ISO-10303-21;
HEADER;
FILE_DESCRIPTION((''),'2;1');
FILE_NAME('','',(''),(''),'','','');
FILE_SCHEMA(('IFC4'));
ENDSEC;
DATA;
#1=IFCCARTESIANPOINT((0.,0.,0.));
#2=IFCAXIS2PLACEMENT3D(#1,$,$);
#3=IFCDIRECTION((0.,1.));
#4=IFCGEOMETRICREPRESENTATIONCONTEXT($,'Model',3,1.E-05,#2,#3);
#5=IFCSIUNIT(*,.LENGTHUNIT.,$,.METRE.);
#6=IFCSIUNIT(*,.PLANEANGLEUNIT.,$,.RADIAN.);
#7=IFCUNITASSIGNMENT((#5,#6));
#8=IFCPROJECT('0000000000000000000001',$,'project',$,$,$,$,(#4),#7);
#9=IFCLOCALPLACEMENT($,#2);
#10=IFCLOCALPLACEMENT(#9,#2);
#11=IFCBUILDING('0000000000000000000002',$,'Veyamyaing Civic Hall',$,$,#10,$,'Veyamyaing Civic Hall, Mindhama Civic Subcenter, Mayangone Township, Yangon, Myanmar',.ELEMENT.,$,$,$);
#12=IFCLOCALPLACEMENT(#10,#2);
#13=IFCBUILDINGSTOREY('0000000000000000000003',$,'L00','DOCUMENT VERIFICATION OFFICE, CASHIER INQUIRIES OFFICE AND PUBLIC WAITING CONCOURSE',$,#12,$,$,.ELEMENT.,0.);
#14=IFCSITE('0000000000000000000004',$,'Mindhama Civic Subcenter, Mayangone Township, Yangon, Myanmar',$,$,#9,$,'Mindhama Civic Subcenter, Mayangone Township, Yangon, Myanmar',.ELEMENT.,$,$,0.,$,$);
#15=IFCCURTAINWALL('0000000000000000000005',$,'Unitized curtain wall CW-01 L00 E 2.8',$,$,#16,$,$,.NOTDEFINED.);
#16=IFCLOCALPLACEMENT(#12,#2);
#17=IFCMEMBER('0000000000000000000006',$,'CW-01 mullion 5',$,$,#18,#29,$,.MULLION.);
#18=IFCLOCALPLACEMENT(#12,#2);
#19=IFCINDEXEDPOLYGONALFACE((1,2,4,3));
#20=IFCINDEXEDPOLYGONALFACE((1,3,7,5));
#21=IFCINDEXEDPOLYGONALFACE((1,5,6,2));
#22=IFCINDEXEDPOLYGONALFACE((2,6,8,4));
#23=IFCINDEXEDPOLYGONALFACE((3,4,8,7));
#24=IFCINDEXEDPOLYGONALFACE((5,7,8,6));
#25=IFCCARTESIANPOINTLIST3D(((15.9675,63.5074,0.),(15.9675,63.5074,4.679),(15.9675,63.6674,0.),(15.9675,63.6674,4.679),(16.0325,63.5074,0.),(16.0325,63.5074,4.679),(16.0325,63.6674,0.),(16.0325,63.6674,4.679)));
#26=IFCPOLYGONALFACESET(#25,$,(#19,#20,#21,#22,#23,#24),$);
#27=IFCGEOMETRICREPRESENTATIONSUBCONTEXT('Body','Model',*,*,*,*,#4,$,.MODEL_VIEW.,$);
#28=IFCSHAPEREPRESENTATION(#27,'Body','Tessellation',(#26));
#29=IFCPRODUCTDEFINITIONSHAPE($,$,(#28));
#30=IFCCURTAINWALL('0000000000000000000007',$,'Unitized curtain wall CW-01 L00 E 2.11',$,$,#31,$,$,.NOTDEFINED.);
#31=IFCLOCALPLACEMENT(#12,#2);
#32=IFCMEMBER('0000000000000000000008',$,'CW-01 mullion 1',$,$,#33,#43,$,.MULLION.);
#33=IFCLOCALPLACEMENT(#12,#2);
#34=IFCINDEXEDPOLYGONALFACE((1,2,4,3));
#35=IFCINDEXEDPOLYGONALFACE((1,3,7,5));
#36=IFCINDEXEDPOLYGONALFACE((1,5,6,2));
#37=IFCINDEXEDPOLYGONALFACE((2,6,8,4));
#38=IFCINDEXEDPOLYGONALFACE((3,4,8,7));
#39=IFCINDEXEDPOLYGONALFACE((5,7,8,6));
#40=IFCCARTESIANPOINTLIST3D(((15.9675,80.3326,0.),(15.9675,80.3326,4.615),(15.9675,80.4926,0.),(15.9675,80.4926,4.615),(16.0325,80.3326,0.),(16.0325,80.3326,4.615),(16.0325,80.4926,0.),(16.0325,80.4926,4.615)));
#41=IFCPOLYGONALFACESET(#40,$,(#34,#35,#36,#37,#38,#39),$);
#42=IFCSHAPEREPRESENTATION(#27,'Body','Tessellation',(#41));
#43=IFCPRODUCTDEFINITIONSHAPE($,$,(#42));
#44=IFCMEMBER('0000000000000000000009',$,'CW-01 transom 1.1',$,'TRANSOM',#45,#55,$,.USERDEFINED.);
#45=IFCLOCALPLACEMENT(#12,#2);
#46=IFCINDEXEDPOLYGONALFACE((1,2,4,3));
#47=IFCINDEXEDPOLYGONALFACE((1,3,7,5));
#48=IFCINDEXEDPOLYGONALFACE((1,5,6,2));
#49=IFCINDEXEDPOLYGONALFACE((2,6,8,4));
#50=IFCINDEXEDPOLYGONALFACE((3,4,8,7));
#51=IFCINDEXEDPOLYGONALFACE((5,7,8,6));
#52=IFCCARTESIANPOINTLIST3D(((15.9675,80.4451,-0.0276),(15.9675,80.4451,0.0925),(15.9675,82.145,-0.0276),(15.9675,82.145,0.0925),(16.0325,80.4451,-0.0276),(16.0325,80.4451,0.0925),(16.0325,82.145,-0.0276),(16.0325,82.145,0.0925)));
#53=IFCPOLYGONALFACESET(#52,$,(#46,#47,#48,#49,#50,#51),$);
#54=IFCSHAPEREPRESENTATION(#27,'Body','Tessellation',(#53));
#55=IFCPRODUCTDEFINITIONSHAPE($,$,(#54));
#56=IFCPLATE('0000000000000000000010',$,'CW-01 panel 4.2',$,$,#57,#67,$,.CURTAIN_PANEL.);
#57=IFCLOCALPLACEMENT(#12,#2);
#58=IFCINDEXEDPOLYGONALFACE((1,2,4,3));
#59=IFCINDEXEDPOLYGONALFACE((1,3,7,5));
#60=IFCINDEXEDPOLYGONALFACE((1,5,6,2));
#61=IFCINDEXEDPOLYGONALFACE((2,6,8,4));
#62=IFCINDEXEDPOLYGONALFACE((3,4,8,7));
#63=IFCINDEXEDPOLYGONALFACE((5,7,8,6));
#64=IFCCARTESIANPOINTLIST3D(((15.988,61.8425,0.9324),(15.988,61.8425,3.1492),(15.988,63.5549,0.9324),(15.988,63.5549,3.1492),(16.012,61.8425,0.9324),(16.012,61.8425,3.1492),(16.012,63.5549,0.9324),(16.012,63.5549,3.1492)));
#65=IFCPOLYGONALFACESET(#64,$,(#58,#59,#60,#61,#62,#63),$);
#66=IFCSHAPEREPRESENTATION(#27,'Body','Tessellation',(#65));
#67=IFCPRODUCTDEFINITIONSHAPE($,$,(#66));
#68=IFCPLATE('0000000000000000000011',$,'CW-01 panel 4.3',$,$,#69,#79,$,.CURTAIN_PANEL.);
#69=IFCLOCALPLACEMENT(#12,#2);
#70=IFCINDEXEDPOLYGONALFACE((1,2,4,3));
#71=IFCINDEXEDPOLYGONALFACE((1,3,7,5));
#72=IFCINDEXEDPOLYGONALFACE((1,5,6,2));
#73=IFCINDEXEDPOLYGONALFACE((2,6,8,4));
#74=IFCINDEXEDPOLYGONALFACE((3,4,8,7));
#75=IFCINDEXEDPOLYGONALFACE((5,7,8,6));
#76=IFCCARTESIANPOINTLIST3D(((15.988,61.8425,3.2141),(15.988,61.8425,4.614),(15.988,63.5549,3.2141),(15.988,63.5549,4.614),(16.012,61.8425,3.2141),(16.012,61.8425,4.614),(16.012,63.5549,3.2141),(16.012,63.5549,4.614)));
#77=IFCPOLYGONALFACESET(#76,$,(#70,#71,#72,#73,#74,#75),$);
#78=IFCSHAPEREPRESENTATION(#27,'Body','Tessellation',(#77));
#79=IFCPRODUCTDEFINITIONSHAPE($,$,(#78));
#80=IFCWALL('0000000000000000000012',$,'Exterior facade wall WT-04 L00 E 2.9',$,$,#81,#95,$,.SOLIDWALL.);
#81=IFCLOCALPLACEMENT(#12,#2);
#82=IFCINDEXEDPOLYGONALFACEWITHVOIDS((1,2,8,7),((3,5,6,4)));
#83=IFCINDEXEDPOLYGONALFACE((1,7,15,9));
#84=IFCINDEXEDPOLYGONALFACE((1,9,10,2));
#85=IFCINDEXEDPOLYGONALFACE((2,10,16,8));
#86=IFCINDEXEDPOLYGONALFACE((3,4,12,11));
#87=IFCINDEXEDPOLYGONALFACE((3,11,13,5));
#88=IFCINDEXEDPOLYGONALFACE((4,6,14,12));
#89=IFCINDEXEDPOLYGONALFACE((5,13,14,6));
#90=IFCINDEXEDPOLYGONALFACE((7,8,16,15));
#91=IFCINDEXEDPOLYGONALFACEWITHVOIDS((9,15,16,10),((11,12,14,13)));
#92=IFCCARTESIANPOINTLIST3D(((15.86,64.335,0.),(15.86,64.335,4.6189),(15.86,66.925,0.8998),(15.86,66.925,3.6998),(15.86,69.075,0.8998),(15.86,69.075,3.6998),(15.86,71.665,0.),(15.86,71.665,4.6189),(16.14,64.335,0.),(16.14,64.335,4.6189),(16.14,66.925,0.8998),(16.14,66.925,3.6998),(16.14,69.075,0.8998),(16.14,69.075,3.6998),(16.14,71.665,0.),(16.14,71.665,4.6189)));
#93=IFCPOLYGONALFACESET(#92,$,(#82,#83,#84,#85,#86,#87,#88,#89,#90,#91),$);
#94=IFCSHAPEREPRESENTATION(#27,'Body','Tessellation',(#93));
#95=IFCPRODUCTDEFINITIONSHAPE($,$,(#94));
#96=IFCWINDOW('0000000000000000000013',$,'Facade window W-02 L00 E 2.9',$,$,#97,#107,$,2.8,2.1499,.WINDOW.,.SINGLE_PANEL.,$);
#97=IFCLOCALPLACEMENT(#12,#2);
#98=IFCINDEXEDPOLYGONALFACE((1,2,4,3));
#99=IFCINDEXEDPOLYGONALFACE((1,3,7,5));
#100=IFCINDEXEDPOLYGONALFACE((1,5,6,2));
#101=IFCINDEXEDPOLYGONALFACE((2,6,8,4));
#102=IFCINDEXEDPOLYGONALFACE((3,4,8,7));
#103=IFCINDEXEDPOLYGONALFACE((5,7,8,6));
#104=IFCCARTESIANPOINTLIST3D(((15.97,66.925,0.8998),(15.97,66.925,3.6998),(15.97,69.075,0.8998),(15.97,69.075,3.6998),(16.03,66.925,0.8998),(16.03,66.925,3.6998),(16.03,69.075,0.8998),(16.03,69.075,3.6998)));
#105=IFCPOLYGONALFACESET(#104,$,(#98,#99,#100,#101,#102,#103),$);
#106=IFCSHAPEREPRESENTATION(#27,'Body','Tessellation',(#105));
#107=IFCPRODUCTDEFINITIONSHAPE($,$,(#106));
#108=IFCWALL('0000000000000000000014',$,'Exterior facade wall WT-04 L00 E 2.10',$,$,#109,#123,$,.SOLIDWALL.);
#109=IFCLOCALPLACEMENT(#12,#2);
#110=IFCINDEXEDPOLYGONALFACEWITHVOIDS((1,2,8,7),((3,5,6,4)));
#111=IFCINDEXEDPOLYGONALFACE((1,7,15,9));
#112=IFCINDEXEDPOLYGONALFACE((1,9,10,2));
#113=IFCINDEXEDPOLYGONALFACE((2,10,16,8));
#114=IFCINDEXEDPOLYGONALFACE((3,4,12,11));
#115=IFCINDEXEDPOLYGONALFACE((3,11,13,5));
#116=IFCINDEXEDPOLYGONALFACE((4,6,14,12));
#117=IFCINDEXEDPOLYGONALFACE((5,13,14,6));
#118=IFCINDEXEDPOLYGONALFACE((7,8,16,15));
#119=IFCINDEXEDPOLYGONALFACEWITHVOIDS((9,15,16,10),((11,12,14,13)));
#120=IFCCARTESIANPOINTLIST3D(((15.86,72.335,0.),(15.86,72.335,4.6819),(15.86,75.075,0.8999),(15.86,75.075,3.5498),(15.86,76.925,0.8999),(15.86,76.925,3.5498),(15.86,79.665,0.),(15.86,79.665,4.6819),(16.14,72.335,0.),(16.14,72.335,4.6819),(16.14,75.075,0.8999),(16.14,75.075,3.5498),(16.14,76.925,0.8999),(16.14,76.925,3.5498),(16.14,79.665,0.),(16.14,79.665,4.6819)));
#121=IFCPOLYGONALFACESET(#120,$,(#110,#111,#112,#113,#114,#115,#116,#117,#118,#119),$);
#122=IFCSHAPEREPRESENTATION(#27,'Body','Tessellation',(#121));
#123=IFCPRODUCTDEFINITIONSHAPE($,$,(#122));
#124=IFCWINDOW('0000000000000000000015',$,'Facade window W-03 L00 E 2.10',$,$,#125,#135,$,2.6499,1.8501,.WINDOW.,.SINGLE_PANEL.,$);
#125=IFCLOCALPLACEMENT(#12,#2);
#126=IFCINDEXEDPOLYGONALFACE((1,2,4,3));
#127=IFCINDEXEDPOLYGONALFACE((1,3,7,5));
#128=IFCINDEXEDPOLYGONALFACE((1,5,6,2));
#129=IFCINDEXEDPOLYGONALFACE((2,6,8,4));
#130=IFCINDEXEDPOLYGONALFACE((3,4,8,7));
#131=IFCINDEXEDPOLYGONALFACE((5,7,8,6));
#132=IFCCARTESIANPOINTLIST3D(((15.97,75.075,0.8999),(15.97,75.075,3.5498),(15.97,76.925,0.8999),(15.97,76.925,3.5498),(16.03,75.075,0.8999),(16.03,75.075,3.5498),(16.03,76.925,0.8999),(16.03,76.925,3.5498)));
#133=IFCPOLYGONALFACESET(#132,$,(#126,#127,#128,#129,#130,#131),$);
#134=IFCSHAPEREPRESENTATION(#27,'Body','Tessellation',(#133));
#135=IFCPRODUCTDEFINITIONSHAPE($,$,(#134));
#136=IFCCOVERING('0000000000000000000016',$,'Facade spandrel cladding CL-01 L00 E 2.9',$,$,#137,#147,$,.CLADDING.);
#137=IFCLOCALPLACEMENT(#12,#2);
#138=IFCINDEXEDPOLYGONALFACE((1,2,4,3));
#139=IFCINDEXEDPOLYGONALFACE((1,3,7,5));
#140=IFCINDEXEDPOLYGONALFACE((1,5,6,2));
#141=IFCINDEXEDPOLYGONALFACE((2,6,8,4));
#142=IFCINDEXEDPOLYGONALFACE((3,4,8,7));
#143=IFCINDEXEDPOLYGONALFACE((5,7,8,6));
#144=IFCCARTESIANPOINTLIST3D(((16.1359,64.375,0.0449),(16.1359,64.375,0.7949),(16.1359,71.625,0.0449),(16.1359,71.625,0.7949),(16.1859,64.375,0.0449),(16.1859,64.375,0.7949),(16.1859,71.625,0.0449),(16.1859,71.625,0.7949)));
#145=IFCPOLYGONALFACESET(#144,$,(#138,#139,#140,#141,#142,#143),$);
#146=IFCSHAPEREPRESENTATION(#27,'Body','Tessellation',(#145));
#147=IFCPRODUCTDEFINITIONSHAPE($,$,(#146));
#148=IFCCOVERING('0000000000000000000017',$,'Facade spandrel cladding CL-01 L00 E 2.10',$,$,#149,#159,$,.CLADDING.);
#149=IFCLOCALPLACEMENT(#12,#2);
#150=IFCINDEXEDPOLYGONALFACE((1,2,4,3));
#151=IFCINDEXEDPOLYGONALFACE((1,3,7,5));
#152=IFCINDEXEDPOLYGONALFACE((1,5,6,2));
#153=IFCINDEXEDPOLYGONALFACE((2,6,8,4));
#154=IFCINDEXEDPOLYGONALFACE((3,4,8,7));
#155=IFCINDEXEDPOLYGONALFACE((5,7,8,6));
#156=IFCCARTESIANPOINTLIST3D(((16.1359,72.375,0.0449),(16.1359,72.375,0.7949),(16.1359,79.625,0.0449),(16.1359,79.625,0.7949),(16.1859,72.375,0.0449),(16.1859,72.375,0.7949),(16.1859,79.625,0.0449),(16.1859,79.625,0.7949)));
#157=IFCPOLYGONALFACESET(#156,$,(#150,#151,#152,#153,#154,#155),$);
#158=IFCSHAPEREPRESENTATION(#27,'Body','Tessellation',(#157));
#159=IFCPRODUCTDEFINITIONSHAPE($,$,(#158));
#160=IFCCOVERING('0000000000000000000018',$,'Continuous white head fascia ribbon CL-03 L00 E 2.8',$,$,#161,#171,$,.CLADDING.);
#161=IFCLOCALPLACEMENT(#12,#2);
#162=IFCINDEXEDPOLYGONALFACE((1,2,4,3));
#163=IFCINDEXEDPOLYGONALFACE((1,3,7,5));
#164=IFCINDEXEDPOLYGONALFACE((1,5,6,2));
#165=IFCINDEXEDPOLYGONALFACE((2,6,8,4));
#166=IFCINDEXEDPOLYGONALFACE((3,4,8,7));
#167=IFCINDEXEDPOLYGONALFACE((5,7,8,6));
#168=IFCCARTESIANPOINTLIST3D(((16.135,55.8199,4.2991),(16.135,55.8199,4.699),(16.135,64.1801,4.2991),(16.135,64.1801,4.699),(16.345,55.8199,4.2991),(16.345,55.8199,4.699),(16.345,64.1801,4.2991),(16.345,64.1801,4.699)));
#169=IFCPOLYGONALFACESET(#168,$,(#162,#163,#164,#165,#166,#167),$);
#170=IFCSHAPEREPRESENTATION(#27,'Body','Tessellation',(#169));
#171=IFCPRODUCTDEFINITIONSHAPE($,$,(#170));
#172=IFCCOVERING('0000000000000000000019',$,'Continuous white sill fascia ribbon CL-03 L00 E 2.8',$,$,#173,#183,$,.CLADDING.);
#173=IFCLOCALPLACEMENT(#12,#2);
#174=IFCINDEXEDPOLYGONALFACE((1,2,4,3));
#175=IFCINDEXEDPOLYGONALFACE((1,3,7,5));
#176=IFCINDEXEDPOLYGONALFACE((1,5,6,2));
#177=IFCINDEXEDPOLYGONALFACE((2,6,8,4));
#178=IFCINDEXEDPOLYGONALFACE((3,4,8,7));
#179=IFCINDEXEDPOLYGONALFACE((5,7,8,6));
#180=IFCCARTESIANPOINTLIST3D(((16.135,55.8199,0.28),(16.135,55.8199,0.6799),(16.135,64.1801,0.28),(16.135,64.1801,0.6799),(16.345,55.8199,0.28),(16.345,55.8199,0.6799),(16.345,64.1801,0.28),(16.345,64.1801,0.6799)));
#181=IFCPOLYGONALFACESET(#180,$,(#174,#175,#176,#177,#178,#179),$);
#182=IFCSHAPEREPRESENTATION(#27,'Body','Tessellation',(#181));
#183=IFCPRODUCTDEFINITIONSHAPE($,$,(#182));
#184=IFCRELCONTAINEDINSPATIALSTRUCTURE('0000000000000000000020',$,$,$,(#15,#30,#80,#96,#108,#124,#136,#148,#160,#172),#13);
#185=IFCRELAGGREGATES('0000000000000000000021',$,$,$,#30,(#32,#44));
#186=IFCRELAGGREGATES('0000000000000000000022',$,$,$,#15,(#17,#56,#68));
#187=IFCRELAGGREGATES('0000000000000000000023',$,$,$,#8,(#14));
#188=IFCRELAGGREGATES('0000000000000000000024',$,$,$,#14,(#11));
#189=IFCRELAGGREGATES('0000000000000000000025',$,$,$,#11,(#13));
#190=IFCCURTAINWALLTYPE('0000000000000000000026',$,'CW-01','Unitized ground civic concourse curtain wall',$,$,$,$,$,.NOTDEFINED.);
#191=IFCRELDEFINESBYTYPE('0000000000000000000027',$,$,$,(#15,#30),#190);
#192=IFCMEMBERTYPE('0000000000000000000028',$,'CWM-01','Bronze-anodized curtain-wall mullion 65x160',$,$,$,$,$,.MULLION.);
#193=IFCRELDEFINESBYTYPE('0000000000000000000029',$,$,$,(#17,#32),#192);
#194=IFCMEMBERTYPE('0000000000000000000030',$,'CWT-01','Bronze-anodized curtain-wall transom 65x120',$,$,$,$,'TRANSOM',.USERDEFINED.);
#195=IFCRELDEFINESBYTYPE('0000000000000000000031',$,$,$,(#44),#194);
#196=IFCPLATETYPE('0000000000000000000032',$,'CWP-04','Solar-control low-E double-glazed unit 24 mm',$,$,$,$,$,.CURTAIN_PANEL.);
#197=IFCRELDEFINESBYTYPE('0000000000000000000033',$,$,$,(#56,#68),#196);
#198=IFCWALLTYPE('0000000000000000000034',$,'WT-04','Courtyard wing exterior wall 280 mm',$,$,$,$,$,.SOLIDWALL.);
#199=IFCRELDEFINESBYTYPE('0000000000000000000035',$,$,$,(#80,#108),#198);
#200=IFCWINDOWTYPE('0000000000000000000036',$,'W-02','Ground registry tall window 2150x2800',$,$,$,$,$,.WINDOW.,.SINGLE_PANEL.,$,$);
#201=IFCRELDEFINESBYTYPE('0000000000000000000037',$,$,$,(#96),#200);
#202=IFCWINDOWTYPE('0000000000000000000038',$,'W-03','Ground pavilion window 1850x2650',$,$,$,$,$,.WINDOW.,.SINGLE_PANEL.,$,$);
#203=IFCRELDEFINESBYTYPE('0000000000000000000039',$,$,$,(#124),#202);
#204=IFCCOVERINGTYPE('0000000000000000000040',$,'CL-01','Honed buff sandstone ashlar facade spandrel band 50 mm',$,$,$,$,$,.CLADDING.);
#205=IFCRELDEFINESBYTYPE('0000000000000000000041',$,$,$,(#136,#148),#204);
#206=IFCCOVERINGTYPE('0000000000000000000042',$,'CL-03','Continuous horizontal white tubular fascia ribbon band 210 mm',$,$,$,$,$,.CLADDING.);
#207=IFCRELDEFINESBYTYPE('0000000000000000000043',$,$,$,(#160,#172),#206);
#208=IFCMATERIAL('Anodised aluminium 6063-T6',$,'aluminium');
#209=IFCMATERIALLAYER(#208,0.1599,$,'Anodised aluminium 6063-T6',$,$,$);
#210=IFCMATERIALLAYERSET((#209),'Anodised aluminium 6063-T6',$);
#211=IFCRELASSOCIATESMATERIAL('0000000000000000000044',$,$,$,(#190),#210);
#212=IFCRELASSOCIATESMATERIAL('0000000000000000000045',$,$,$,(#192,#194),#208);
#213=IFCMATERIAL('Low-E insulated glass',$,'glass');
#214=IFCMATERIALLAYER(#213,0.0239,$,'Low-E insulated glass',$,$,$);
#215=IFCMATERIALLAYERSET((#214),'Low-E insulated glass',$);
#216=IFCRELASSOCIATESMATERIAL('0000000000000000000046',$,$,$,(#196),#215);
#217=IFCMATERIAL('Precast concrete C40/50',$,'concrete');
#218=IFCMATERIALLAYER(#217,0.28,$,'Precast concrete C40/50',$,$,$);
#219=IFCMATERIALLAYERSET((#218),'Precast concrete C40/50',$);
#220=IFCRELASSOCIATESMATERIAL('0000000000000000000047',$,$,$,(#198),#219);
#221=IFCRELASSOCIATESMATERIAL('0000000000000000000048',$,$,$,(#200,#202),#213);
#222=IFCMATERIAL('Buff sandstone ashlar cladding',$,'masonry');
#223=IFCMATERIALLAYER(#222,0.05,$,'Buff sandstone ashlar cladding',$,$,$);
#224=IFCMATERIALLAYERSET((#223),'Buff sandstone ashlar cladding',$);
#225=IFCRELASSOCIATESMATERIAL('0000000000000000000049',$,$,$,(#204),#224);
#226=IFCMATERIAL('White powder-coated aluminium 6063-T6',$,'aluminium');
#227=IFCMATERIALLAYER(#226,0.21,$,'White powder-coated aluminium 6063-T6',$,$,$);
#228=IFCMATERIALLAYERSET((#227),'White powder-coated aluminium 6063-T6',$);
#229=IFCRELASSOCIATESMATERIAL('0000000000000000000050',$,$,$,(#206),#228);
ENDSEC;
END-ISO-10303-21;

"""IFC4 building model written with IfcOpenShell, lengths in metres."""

from ifc_helpers import new_model, si_unit, direction, frame, frame_2d, origin, origin_2d, place, context, subcontext, project, spatial, rectangle, extrude, material, layer, layer_set, material_profile, profile_set, type_object, element, fill, aggregate, save


model = new_model("IFC4")

# Units and contexts
model_context = context("Model", 3, precision=1e-05, world=origin(), true_north=direction((0.0, 1.0)))
body_context = subcontext(model_context, "Body", "Model", "MODEL_VIEW")
ifc_project = project(units=[si_unit("LENGTHUNIT", "METRE"), si_unit("PLANEANGLEUNIT", "RADIAN")], contexts=[model_context])

# Site, building, storey
site_placement = place(None, origin())
site = spatial("IfcSite", under=ifc_project, at=site_placement, Name="Mindhama Civic Subcenter, Mayangone Township, Yangon, Myanmar", LongName="Mindhama Civic Subcenter, Mayangone Township, Yangon, Myanmar", CompositionType="ELEMENT", RefElevation=0.0)
building_placement = place(site_placement, origin())
building = spatial("IfcBuilding", under=site, at=building_placement, Name="Veyamyaing Civic Hall", LongName="Veyamyaing Civic Hall, Mindhama Civic Subcenter, Mayangone Township, Yangon, Myanmar", CompositionType="ELEMENT")
storey_placement = place(building_placement, origin())
storey = spatial("IfcBuildingStorey", under=building, at=storey_placement, Name="L00", Description="DOCUMENT VERIFICATION OFFICE, CASHIER INQUIRIES OFFICE AND PUBLIC WAITING CONCOURSE", CompositionType="ELEMENT", Elevation=0.0)

# Curtain wall, member
ifc_material_1 = material(Name="Anodised aluminium 6063-T6", Category="aluminium")
ifc_layer_1 = layer(ifc_material_1, 0.1599, Name="Anodised aluminium 6063-T6")
ifc_layer_set_1 = layer_set([ifc_layer_1], Name="Anodised aluminium 6063-T6")
curtain_wall_type = type_object("IfcCurtainWallType", Name="CW-01", Description="Unitized ground civic concourse curtain wall", PredefinedType="NOTDEFINED", material=ifc_layer_set_1)
curtain_wall_1_placement = place(storey_placement, origin())
curtain_wall_1 = element("IfcCurtainWall", 1, at=curtain_wall_1_placement, inside=storey, type_object=curtain_wall_type, Name="Unitized curtain wall CW-01 L00 E 2.8", PredefinedType="NOTDEFINED")
ifc_material_profile_1 = material_profile(ifc_material_1, rectangle(XDim=0.0649, YDim=0.1599, at=origin_2d()), Name="ALU-MUL-65X160")
ifc_profile_set_1 = profile_set([ifc_material_profile_1], Name="Anodised aluminium 6063-T6")
member_type_1 = type_object("IfcMemberType", Name="CWM-01", Description="Bronze-anodized curtain-wall mullion 65x160", PredefinedType="MULLION", material=ifc_profile_set_1)
member_1_placement = place(storey_placement, frame((16.0, 63.5874, 0.0), z_axis=(0.0, 0.0, 1.0), x_axis=(-1.0, 0.0, 0.0)))
member_1 = element("IfcMember", 2, at=member_1_placement, type_object=member_type_1, Name="CW-01 mullion 5", PredefinedType="MULLION", context=body_context, shape_type="SweptSolid", body=[
    extrude(rectangle(XDim=0.0649, YDim=0.1599, at=origin_2d()), origin(), (0.0, 0.0, 1.0), 4.679),
])

# Curtain wall, members
curtain_wall_2_placement = place(storey_placement, origin())
curtain_wall_2 = element("IfcCurtainWall", 3, at=curtain_wall_2_placement, inside=storey, type_object=curtain_wall_type, Name="Unitized curtain wall CW-01 L00 E 2.11", PredefinedType="NOTDEFINED")
member_2_placement = place(storey_placement, frame((16.0, 80.4126, 0.0), z_axis=(0.0, 0.0, 1.0), x_axis=(-1.0, 0.0, 0.0)))
member_2 = element("IfcMember", 4, at=member_2_placement, type_object=member_type_1, Name="CW-01 mullion 1", PredefinedType="MULLION", context=body_context, shape_type="SweptSolid", body=[
    extrude(rectangle(XDim=0.0649, YDim=0.1599, at=origin_2d()), origin(), (0.0, 0.0, 1.0), 4.615),
])
ifc_material_profile_2 = material_profile(ifc_material_1, rectangle(XDim=0.0649, YDim=0.1201, at=origin_2d()), Name="ALU-TRN-65X120")
ifc_profile_set_2 = profile_set([ifc_material_profile_2], Name="Anodised aluminium 6063-T6")
member_type_2 = type_object("IfcMemberType", Name="CWT-01", Description="Bronze-anodized curtain-wall transom 65x120", ElementType="TRANSOM", PredefinedType="USERDEFINED", material=ifc_profile_set_2)
member_3_placement = place(storey_placement, frame((16.0, 80.4451, 0.0325), z_axis=(0.0, 1.0, 0.0), x_axis=(-1.0, 0.0, 0.0)))
member_3 = element("IfcMember", 5, at=member_3_placement, type_object=member_type_2, Name="CW-01 transom 1.1", ObjectType="TRANSOM", PredefinedType="USERDEFINED", context=body_context, shape_type="SweptSolid", body=[
    extrude(rectangle(XDim=0.0649, YDim=0.1201, at=origin_2d()), origin(), (0.0, 0.0, 1.0), 1.7),
])
aggregate(curtain_wall_2, [member_2, member_3])

# Plates
ifc_material_2 = material(Name="Low-E insulated glass", Category="glass")
ifc_layer_2 = layer(ifc_material_2, 0.0239, Name="Low-E insulated glass")
ifc_layer_set_2 = layer_set([ifc_layer_2], Name="Low-E insulated glass")
plate_type = type_object("IfcPlateType", Name="CWP-04", Description="Solar-control low-E double-glazed unit 24 mm", PredefinedType="CURTAIN_PANEL", material=ifc_layer_set_2)
plate_1_placement = place(storey_placement, frame((16.0, 62.6987, 0.9324), z_axis=(0.0, 0.0, 1.0), x_axis=(0.0, 1.0, 0.0)))
plate_1 = element("IfcPlate", 6, at=plate_1_placement, type_object=plate_type, Name="CW-01 panel 4.2", PredefinedType="CURTAIN_PANEL", context=body_context, shape_type="SweptSolid", body=[
    extrude(rectangle(XDim=1.7124, YDim=0.0239, at=origin_2d()), origin(), (0.0, 0.0, 1.0), 2.2168),
])
plate_2_placement = place(storey_placement, frame((16.0, 62.6987, 3.2141), z_axis=(0.0, 0.0, 1.0), x_axis=(0.0, 1.0, 0.0)))
plate_2 = element("IfcPlate", 7, at=plate_2_placement, type_object=plate_type, Name="CW-01 panel 4.3", PredefinedType="CURTAIN_PANEL", context=body_context, shape_type="SweptSolid", body=[
    extrude(rectangle(XDim=1.7124, YDim=0.0239, at=origin_2d()), origin(), (0.0, 0.0, 1.0), 1.3999),
])
aggregate(curtain_wall_1, [member_1, plate_1, plate_2])

# Walls, openings, windows
ifc_material_3 = material(Name="Precast concrete C40/50", Category="concrete")
ifc_layer_3 = layer(ifc_material_3, 0.28, Name="Precast concrete C40/50")
ifc_layer_set_3 = layer_set([ifc_layer_3], Name="Precast concrete C40/50")
wall_type = type_object("IfcWallType", Name="WT-04", Description="Courtyard wing exterior wall 280 mm", PredefinedType="SOLIDWALL", material=ifc_layer_set_3)
wall_1_placement = place(storey_placement, frame((16.0, 64.335, 0.0), z_axis=(0.0, 0.0, 1.0), x_axis=(0.0, 1.0, 0.0)))
wall_1 = element("IfcWall", 8, at=wall_1_placement, inside=storey, type_object=wall_type, Name="Exterior facade wall WT-04 L00 E 2.9", PredefinedType="SOLIDWALL", context=body_context, shape_type="SweptSolid", body=[
    extrude(rectangle(XDim=7.3301, YDim=0.28, at=frame_2d((3.665, 0.0))), origin(), (0.0, 0.0, 1.0), 4.6189),
])
opening_1_placement = place(wall_1_placement, frame((2.5901, 0.0, 0.8999)))
opening_1 = element("IfcOpeningElement", 9, at=opening_1_placement, cuts=wall_1, PredefinedType="OPENING", context=body_context, shape_type="SweptSolid", body=[
    extrude(rectangle(XDim=2.1499, YDim=2.8, at=frame_2d((1.075, 1.3999))), frame((0.0, 0.1499, 0.0), z_axis=(0.0, -1.0, 0.0), x_axis=(1.0, 0.0, 0.0)), (0.0, 0.0, 1.0), 0.3),
])
window_type_1 = type_object("IfcWindowType", Name="W-02", Description="Ground registry tall window 2150x2800", PartitioningType="SINGLE_PANEL", PredefinedType="WINDOW", material=ifc_material_2)
window_1_placement = place(opening_1_placement, origin())
window_1 = element("IfcWindow", 10, at=window_1_placement, inside=storey, type_object=window_type_1, Name="Facade window W-02 L00 E 2.9", OverallHeight=2.8, OverallWidth=2.1499, PartitioningType="SINGLE_PANEL", PredefinedType="WINDOW", context=body_context, shape_type="SweptSolid", body=[
    extrude(rectangle(XDim=2.1499, YDim=2.8, at=frame_2d((1.075, 1.3999))), frame((0.0, 0.03, 0.0), z_axis=(0.0, -1.0, 0.0), x_axis=(1.0, 0.0, 0.0)), (0.0, 0.0, 1.0), 0.0601),
])
fill(opening_1, window_1)
wall_2_placement = place(storey_placement, frame((16.0, 72.335, 0.0), z_axis=(0.0, 0.0, 1.0), x_axis=(0.0, 1.0, 0.0)))
wall_2 = element("IfcWall", 11, at=wall_2_placement, inside=storey, type_object=wall_type, Name="Exterior facade wall WT-04 L00 E 2.10", PredefinedType="SOLIDWALL", context=body_context, shape_type="SweptSolid", body=[
    extrude(rectangle(XDim=7.3301, YDim=0.28, at=frame_2d((3.665, 0.0))), origin(), (0.0, 0.0, 1.0), 4.6819),
])
opening_2_placement = place(wall_2_placement, frame((2.74, 0.0, 0.8999)))
opening_2 = element("IfcOpeningElement", 12, at=opening_2_placement, cuts=wall_2, PredefinedType="OPENING", context=body_context, shape_type="SweptSolid", body=[
    extrude(rectangle(XDim=1.8501, YDim=2.6499, at=frame_2d((0.925, 1.325))), frame((0.0, 0.1499, 0.0), z_axis=(0.0, -1.0, 0.0), x_axis=(1.0, 0.0, 0.0)), (0.0, 0.0, 1.0), 0.3),
])
window_type_2 = type_object("IfcWindowType", Name="W-03", Description="Ground pavilion window 1850x2650", PartitioningType="SINGLE_PANEL", PredefinedType="WINDOW", material=ifc_material_2)
window_2_placement = place(opening_2_placement, origin())
window_2 = element("IfcWindow", 13, at=window_2_placement, inside=storey, type_object=window_type_2, Name="Facade window W-03 L00 E 2.10", OverallHeight=2.6499, OverallWidth=1.8501, PartitioningType="SINGLE_PANEL", PredefinedType="WINDOW", context=body_context, shape_type="SweptSolid", body=[
    extrude(rectangle(XDim=1.8501, YDim=2.6499, at=frame_2d((0.925, 1.325))), frame((0.0, 0.03, 0.0), z_axis=(0.0, -1.0, 0.0), x_axis=(1.0, 0.0, 0.0)), (0.0, 0.0, 1.0), 0.0601),
])
fill(opening_2, window_2)

# Coverings
ifc_material_4 = material(Name="Buff sandstone ashlar cladding", Category="masonry")
ifc_layer_4 = layer(ifc_material_4, 0.05, Name="Buff sandstone ashlar cladding")
ifc_layer_set_4 = layer_set([ifc_layer_4], Name="Buff sandstone ashlar cladding")
covering_type_1 = type_object("IfcCoveringType", Name="CL-01", Description="Honed buff sandstone ashlar facade spandrel band 50 mm", PredefinedType="CLADDING", material=ifc_layer_set_4)
for number, where, z_axis, x_axis, name in (
    (14, (16.1609, 68.0, 0.0449), (0.0, 0.0, 1.0), (0.0, 1.0, 0.0), "Facade spandrel cladding CL-01 L00 E 2.9"),
    (15, (16.1609, 76.0, 0.0449), (0.0, 0.0, 1.0), (0.0, 1.0, 0.0), "Facade spandrel cladding CL-01 L00 E 2.10"),
):
    element("IfcCovering", number, at=place(storey_placement, frame(where, z_axis=z_axis, x_axis=x_axis)), inside=storey, type_object=covering_type_1, Name=name, PredefinedType="CLADDING", context=body_context, shape_type="SweptSolid", body=[
        extrude(rectangle(XDim=7.25, YDim=0.05, at=origin_2d()), origin(), (0.0, 0.0, 1.0), 0.75),
    ])
ifc_material_5 = material(Name="White powder-coated aluminium 6063-T6", Category="aluminium")
ifc_layer_5 = layer(ifc_material_5, 0.21, Name="White powder-coated aluminium 6063-T6")
ifc_layer_set_5 = layer_set([ifc_layer_5], Name="White powder-coated aluminium 6063-T6")
covering_type_2 = type_object("IfcCoveringType", Name="CL-03", Description="Continuous horizontal white tubular fascia ribbon band 210 mm", PredefinedType="CLADDING", material=ifc_layer_set_5)
for number, where, z_axis, x_axis, name in (
    (16, (16.24, 60.0, 4.2991), (0.0, 0.0, 1.0), (0.0, 1.0, 0.0), "Continuous white head fascia ribbon CL-03 L00 E 2.8"),
    (17, (16.24, 60.0, 0.28), (0.0, 0.0, 1.0), (0.0, 1.0, 0.0), "Continuous white sill fascia ribbon CL-03 L00 E 2.8"),
):
    element("IfcCovering", number, at=place(storey_placement, frame(where, z_axis=z_axis, x_axis=x_axis)), inside=storey, type_object=covering_type_2, Name=name, PredefinedType="CLADDING", context=body_context, shape_type="SweptSolid", body=[
        extrude(rectangle(XDim=8.3601, YDim=0.21, at=origin_2d()), origin(), (0.0, 0.0, 1.0), 0.3999),
    ])

save(model, "model.ifc")
